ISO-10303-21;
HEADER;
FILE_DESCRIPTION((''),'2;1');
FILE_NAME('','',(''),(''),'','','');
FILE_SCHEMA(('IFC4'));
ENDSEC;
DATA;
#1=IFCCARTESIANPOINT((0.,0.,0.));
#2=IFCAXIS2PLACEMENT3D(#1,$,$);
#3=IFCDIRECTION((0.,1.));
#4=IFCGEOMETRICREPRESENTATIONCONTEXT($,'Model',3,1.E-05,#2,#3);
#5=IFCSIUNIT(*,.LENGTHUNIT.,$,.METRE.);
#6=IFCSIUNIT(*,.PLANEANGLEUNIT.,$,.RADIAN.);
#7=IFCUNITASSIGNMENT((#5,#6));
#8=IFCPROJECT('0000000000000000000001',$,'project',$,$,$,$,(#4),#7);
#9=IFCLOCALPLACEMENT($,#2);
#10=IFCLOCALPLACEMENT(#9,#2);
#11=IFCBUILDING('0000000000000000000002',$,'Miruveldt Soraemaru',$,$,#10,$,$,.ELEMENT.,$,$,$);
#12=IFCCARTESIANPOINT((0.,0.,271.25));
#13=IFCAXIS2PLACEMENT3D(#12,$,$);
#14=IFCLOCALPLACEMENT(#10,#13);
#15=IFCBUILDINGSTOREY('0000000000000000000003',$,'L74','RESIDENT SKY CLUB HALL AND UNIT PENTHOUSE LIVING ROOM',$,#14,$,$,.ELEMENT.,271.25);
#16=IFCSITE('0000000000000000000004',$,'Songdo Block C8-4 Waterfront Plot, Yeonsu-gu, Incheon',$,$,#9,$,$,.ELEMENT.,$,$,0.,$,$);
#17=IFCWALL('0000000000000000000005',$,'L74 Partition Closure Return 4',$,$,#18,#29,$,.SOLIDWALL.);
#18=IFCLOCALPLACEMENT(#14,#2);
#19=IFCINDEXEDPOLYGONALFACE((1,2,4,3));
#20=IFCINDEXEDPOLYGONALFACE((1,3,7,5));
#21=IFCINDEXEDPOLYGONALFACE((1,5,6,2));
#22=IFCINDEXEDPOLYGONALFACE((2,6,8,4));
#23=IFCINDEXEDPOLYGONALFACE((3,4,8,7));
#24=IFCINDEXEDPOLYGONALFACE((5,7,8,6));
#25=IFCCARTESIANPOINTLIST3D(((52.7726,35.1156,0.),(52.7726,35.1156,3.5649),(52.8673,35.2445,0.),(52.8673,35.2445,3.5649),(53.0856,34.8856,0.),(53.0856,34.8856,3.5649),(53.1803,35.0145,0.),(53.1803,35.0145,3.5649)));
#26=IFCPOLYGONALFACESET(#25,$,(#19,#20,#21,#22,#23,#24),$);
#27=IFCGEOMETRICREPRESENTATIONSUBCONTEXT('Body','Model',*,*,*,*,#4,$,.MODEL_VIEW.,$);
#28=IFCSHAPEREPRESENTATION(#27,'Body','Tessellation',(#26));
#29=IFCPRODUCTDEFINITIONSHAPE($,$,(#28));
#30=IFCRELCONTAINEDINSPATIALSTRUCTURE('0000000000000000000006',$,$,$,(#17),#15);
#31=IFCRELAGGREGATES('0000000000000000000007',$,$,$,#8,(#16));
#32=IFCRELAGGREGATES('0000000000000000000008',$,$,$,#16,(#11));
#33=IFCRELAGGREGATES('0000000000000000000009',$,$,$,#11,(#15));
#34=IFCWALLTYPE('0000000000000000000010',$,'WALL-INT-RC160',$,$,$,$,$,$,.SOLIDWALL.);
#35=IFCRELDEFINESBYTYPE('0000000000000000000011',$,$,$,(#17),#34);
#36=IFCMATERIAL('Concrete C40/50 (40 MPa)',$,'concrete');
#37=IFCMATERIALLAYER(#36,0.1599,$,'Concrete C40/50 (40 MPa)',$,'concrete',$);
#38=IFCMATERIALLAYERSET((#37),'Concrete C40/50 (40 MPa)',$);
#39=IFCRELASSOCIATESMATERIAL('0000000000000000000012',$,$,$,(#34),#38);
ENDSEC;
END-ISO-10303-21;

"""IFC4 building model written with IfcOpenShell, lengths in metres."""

from ifc_helpers import new_model, si_unit, direction, frame, frame_2d, origin, place, context, subcontext, project, spatial, rectangle, extrude, material, layer, layer_set, type_object, element, save


model = new_model("IFC4")

# Units and contexts
model_context = context("Model", 3, precision=1e-05, world=origin(), true_north=direction((0.0, 1.0)))
body_context = subcontext(model_context, "Body", "Model", "MODEL_VIEW")
ifc_project = project(units=[si_unit("LENGTHUNIT", "METRE"), si_unit("PLANEANGLEUNIT", "RADIAN")], contexts=[model_context])

# Site, building, storey
site_placement = place(None, origin())
site = spatial("IfcSite", under=ifc_project, at=site_placement, Name="Songdo Block C8-4 Waterfront Plot, Yeonsu-gu, Incheon", CompositionType="ELEMENT", RefElevation=0.0)
building_placement = place(site_placement, origin())
building = spatial("IfcBuilding", under=site, at=building_placement, Name="Miruveldt Soraemaru", CompositionType="ELEMENT")
storey_placement = place(building_placement, frame((0.0, 0.0, 271.25)))
storey = spatial("IfcBuildingStorey", under=building, at=storey_placement, Name="L74", Description="RESIDENT SKY CLUB HALL AND UNIT PENTHOUSE LIVING ROOM", CompositionType="ELEMENT", Elevation=271.25)

# Wall
ifc_material_1 = material(Name="Concrete C40/50 (40 MPa)", Category="concrete")
ifc_layer_1 = layer(ifc_material_1, 0.1599, Name="Concrete C40/50 (40 MPa)", Category="concrete")
ifc_layer_set_1 = layer_set([ifc_layer_1], Name="Concrete C40/50 (40 MPa)")
wall_type_1 = type_object("IfcWallType", Name="WALL-INT-RC160", PredefinedType="SOLIDWALL", material=ifc_layer_set_1)
wall_1_placement = place(storey_placement, frame((53.1331, 34.95, 0.0), z_axis=(0.0, 0.0, 1.0), x_axis=(-0.805845, 0.592126, 0.0)))
element("IfcWall", 1, at=wall_1_placement, inside=storey, type_object=wall_type_1, Name="L74 Partition Closure Return 4", PredefinedType="SOLIDWALL", context=body_context, shape_type="SweptSolid", body=[
    extrude(rectangle(XDim=0.3884, YDim=0.1599, at=frame_2d((0.1943, 0.0))), origin(), (0.0, 0.0, 1.0), 3.5649),
])

save(model, "model.ifc")
